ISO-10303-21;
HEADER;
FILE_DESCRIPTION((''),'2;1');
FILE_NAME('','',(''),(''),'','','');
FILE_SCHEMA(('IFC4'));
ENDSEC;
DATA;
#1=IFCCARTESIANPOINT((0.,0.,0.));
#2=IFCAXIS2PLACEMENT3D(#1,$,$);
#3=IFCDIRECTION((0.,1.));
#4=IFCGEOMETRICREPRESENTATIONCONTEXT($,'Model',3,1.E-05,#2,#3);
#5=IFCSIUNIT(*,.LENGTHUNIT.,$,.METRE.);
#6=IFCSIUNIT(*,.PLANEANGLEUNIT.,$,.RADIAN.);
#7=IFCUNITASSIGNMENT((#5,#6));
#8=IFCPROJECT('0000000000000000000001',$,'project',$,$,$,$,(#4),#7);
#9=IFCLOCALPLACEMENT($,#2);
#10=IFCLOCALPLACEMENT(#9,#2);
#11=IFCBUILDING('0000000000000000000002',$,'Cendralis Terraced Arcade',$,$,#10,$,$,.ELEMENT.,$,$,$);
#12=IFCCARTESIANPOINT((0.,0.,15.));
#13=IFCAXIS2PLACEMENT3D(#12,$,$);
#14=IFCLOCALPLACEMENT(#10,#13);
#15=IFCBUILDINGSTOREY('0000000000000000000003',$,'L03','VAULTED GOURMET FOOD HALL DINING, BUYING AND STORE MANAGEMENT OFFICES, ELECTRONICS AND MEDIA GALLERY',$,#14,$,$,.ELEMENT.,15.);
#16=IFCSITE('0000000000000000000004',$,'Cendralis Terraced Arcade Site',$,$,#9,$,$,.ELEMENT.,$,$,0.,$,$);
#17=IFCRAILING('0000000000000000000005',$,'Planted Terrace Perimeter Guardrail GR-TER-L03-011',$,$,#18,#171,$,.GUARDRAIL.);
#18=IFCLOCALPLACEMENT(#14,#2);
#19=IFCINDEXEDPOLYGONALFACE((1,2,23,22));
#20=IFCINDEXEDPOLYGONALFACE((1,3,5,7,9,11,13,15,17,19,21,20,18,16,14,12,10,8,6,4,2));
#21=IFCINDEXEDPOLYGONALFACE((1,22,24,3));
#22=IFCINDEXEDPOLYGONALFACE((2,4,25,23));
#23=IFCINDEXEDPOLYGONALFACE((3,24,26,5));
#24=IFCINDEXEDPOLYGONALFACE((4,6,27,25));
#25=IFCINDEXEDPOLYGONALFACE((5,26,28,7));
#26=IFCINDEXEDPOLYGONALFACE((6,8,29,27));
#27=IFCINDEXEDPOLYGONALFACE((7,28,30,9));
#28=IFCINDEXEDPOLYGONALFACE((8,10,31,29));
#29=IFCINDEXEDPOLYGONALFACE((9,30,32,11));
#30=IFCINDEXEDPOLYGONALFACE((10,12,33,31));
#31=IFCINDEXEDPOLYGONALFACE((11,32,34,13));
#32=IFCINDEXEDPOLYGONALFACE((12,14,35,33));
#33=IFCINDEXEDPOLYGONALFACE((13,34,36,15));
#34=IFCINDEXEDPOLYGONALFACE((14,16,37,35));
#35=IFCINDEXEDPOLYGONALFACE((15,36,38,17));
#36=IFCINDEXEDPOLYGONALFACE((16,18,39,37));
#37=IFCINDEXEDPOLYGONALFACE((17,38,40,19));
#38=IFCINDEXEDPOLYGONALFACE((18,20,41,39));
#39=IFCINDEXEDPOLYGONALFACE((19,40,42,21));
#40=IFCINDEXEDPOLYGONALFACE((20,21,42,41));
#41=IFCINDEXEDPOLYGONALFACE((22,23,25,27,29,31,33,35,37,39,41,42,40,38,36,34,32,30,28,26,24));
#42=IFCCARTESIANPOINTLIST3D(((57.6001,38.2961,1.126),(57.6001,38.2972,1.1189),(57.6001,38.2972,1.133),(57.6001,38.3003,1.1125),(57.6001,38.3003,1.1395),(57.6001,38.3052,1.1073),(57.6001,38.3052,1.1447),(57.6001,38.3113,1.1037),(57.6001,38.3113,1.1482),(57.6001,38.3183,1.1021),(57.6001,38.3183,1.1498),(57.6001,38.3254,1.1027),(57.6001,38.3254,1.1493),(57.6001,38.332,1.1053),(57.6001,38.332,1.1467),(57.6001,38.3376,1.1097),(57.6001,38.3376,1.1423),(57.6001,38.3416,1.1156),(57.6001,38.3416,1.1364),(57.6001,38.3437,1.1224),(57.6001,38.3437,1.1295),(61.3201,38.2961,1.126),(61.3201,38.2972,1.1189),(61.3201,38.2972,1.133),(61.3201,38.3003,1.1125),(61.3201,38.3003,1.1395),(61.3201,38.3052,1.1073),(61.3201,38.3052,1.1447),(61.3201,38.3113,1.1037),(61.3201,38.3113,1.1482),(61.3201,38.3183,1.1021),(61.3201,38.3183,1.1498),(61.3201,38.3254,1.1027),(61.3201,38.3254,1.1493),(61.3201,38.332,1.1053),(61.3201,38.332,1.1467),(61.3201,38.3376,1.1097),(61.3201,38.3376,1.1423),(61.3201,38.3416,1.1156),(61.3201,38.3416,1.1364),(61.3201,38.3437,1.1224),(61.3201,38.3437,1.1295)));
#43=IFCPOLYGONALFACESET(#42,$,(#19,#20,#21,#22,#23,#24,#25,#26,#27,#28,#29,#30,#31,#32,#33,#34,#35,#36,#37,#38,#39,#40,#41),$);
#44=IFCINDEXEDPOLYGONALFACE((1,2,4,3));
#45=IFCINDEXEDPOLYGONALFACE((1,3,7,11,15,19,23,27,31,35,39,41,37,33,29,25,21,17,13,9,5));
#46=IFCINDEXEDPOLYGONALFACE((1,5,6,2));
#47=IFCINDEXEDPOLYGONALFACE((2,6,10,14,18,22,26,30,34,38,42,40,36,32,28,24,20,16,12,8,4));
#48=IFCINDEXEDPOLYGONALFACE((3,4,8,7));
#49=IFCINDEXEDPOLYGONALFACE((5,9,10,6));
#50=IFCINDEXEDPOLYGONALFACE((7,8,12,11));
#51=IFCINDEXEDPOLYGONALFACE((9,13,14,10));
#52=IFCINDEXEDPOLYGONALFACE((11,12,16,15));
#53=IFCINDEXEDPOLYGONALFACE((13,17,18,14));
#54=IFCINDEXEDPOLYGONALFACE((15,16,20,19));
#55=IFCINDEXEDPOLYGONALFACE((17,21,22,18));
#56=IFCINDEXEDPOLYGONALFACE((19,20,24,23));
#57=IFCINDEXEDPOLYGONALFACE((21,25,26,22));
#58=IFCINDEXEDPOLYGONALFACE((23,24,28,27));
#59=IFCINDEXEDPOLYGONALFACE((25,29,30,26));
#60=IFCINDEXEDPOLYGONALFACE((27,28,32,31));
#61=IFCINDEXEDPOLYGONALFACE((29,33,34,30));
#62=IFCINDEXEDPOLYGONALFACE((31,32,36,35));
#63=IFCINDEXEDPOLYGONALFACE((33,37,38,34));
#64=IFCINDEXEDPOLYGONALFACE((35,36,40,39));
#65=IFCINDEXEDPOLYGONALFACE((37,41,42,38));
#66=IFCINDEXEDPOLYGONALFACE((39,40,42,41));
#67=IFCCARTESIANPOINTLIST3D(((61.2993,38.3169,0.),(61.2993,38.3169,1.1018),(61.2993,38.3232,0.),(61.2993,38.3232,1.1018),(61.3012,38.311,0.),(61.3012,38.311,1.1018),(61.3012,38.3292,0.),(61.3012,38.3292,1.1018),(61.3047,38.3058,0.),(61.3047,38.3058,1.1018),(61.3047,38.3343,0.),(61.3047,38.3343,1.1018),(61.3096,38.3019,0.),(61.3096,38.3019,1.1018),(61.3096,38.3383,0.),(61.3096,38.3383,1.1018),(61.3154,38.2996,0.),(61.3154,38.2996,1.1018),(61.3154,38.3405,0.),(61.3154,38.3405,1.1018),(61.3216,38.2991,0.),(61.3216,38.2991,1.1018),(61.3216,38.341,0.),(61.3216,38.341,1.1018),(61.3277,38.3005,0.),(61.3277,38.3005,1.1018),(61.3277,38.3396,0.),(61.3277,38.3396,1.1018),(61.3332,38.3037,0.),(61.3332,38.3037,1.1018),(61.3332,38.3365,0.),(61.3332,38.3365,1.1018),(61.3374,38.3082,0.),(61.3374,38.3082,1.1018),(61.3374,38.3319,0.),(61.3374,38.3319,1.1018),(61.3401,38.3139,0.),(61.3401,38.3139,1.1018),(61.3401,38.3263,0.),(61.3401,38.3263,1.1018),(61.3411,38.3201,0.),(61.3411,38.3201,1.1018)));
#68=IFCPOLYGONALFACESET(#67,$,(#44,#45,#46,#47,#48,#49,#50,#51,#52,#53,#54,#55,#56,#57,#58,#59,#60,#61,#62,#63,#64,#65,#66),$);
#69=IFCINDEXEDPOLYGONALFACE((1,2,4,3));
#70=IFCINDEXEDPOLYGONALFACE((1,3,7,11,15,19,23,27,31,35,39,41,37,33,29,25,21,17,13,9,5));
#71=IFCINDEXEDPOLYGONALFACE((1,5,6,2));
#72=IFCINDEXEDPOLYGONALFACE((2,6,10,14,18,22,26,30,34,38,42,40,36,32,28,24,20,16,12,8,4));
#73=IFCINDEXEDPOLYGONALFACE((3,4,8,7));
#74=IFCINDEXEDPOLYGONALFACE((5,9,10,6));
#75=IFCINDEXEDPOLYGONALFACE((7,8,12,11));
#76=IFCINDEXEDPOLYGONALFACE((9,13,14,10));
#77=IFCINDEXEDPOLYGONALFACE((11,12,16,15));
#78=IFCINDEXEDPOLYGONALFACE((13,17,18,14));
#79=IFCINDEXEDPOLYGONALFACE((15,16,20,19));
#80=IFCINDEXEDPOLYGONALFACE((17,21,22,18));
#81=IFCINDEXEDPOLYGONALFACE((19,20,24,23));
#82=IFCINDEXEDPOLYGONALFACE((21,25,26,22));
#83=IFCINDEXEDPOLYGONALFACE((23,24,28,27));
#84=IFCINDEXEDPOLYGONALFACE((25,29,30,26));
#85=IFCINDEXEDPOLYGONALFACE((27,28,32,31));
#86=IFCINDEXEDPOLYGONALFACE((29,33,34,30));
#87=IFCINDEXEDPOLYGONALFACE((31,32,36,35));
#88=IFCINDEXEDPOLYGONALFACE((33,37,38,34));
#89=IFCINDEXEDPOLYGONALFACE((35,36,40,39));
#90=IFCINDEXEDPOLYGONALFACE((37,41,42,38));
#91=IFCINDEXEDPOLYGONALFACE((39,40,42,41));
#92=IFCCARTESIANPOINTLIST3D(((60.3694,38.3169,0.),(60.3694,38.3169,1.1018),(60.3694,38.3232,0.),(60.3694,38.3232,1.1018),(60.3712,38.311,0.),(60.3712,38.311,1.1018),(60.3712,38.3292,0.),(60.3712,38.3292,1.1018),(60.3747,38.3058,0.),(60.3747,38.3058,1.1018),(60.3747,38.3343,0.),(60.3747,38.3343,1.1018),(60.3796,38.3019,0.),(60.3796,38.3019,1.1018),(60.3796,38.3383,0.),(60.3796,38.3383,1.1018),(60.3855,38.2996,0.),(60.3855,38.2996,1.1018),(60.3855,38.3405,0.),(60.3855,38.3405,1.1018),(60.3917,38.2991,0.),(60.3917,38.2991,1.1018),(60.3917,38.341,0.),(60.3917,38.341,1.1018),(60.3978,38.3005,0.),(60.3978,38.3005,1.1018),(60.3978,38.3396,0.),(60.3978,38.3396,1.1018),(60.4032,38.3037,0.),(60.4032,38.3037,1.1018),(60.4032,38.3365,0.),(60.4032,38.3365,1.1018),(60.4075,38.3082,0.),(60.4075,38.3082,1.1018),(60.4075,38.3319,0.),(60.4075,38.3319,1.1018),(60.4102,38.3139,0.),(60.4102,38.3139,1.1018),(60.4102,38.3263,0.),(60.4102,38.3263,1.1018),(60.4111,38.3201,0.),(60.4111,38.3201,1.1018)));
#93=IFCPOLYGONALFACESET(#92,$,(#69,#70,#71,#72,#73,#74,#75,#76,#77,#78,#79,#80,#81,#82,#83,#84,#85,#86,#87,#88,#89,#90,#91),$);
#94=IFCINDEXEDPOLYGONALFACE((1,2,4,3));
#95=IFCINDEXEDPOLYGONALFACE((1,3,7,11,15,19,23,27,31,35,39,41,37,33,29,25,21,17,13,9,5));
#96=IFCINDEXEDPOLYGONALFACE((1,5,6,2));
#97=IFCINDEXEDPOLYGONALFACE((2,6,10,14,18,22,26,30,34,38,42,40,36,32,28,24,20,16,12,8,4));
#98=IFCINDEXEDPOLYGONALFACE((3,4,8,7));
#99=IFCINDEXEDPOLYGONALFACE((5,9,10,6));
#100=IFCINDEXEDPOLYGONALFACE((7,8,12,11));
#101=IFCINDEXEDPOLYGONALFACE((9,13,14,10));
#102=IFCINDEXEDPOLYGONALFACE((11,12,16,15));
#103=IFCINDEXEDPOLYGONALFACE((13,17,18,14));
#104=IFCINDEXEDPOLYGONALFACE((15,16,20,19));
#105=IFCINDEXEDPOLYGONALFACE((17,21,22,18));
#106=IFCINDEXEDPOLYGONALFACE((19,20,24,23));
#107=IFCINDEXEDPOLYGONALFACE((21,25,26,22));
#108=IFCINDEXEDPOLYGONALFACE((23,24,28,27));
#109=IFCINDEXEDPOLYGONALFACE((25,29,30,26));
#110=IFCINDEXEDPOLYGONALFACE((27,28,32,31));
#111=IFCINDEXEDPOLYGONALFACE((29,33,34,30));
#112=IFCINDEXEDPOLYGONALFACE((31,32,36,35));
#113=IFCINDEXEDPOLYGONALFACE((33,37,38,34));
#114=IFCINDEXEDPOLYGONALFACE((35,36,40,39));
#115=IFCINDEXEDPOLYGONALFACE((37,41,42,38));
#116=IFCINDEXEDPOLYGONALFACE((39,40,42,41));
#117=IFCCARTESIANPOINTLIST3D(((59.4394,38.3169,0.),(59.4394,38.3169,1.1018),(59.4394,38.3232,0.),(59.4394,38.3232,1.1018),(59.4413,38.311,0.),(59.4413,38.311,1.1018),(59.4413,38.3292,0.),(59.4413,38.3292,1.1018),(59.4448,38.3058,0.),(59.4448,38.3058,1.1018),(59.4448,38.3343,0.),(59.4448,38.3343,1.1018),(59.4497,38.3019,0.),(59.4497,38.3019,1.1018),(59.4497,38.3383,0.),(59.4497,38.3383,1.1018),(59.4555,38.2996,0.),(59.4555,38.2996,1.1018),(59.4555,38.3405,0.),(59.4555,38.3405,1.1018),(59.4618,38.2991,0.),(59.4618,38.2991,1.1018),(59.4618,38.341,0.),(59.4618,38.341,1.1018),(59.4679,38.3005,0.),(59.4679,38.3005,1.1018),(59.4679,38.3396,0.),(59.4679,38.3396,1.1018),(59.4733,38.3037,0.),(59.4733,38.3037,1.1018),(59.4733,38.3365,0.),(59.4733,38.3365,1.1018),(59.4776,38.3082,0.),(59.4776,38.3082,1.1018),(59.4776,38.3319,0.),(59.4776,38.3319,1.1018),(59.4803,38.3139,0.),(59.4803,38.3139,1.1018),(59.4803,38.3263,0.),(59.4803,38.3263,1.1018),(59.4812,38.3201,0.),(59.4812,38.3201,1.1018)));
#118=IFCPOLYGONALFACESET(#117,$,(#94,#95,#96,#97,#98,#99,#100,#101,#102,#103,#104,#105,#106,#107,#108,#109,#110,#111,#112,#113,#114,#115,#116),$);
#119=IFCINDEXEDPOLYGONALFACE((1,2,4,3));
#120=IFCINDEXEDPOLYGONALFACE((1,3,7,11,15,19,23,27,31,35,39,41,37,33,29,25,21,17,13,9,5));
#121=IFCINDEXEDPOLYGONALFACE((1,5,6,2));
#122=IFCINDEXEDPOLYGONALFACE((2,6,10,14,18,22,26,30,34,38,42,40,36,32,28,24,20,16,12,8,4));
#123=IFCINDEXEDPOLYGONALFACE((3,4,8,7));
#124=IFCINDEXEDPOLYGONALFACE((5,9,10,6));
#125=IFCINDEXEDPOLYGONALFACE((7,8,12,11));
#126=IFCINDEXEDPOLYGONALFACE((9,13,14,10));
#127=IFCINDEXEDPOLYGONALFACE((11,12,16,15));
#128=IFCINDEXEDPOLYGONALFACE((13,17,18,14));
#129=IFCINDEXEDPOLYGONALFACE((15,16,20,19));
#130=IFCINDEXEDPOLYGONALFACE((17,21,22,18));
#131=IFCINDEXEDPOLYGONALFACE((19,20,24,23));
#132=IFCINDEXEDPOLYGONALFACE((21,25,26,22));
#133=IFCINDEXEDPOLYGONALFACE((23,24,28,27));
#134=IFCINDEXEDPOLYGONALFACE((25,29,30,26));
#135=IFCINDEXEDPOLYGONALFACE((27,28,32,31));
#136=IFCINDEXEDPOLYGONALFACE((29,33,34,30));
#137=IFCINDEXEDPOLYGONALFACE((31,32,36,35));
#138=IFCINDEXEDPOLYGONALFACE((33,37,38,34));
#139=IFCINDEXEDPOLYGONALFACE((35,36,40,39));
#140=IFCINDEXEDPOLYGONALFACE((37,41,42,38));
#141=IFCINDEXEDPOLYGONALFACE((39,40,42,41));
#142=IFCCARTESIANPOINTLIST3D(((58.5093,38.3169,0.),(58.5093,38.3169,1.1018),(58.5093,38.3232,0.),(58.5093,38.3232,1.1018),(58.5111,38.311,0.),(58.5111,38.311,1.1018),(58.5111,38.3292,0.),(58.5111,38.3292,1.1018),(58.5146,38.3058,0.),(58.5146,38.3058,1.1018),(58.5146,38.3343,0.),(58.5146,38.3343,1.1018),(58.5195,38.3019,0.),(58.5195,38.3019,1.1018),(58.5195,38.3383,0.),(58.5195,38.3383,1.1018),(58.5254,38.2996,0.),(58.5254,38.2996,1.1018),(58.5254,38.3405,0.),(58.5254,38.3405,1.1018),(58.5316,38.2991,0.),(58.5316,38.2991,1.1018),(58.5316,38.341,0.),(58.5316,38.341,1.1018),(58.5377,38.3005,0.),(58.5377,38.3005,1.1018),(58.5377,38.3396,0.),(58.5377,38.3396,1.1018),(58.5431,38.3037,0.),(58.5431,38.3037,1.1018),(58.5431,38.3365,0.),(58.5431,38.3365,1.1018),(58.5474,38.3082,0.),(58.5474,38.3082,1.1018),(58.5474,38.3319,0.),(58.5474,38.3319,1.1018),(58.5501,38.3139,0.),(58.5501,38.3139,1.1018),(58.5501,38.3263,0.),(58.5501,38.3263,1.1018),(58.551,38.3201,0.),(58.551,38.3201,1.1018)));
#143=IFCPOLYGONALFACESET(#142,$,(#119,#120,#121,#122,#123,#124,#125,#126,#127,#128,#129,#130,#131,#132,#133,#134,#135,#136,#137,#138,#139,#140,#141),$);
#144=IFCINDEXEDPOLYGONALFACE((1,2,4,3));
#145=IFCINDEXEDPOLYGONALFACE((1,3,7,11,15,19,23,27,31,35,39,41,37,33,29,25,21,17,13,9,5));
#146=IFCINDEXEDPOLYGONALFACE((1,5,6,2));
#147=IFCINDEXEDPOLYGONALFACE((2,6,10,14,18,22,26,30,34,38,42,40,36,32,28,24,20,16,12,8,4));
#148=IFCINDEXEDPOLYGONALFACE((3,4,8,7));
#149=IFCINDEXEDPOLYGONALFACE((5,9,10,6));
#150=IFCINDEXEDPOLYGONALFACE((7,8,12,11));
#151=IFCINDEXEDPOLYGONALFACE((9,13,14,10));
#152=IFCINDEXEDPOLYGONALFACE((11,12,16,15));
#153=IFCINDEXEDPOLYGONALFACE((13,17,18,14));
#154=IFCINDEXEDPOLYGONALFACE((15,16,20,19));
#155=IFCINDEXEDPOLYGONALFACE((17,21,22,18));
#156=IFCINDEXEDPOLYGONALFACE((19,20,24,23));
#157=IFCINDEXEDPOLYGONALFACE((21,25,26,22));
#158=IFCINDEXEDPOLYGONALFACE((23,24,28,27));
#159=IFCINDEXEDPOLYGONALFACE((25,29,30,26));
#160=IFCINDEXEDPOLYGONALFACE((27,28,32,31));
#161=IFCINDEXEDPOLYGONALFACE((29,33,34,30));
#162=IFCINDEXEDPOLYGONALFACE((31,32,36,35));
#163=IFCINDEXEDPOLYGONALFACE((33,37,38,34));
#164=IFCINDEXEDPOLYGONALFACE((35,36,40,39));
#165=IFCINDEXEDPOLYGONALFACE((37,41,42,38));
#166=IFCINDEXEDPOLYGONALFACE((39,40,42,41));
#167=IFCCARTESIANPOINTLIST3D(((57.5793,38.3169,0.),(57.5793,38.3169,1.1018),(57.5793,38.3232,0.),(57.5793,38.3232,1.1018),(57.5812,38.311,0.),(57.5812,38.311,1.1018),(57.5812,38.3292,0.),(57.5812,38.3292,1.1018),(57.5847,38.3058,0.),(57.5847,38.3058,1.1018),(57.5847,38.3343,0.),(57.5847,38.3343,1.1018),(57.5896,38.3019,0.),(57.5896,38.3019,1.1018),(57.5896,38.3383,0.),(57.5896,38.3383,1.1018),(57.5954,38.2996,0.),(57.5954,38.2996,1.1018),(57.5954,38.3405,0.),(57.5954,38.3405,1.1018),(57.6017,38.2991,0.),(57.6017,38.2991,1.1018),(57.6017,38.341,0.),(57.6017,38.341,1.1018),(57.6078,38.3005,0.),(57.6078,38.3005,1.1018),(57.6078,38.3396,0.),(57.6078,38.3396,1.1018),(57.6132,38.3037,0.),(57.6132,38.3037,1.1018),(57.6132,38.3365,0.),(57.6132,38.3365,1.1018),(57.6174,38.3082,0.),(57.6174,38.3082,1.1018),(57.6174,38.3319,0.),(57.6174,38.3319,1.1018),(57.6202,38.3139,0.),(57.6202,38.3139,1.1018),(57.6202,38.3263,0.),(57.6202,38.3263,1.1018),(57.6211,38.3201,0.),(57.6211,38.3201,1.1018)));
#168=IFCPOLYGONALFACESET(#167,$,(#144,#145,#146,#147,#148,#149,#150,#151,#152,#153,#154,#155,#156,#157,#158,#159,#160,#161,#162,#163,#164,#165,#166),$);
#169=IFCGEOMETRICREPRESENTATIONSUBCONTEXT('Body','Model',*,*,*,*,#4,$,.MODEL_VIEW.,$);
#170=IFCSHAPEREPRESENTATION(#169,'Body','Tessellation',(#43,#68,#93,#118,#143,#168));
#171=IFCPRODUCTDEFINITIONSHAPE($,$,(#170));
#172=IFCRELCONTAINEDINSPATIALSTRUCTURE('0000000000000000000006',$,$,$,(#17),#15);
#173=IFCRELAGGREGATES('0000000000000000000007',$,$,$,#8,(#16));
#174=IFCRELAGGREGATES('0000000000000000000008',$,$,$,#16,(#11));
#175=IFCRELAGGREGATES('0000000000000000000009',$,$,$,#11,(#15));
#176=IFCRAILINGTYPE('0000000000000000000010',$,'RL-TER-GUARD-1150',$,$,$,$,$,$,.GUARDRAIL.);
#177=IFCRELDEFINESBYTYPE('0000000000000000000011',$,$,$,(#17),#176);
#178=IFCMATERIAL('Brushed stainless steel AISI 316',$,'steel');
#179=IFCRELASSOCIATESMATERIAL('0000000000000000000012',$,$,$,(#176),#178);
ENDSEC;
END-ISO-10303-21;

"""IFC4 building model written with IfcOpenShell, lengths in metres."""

from ifc_helpers import new_model, si_unit, direction, frame, origin, origin_2d, place, context, subcontext, project, spatial, circle, extrude, material, type_object, element, save


model = new_model("IFC4")

# Units and contexts
model_context = context("Model", 3, precision=1e-05, world=origin(), true_north=direction((0.0, 1.0)))
body_context = subcontext(model_context, "Body", "Model", "MODEL_VIEW")
ifc_project = project(units=[si_unit("LENGTHUNIT", "METRE"), si_unit("PLANEANGLEUNIT", "RADIAN")], contexts=[model_context])

# Site, building, storey
site_placement = place(None, origin())
site = spatial("IfcSite", under=ifc_project, at=site_placement, Name="Cendralis Terraced Arcade Site", CompositionType="ELEMENT", RefElevation=0.0)
building_placement = place(site_placement, origin())
building = spatial("IfcBuilding", under=site, at=building_placement, Name="Cendralis Terraced Arcade", CompositionType="ELEMENT")
storey_placement = place(building_placement, frame((0.0, 0.0, 15.0)))
storey = spatial("IfcBuildingStorey", under=building, at=storey_placement, Name="L03", Description="VAULTED GOURMET FOOD HALL DINING, BUYING AND STORE MANAGEMENT OFFICES, ELECTRONICS AND MEDIA GALLERY", CompositionType="ELEMENT", Elevation=15.0)

# Railing
ifc_material_1 = material(Name="Brushed stainless steel AISI 316", Category="steel")
railing_type = type_object("IfcRailingType", Name="RL-TER-GUARD-1150", PredefinedType="GUARDRAIL", material=ifc_material_1)
railing_placement = place(storey_placement, frame((61.3201, 38.3201, 0.0)))
element("IfcRailing", 1, at=railing_placement, inside=storey, type_object=railing_type, Name="Planted Terrace Perimeter Guardrail GR-TER-L03-011", PredefinedType="GUARDRAIL", context=body_context, shape_type="SweptSolid", body=[
    extrude(circle(Radius=0.0239, at=origin_2d()), frame((0.0, 0.0, 1.126), z_axis=(-1.0, 0.0, 0.0), x_axis=(0.0, -1.0, 0.0)), (0.0, 0.0, 1.0), 3.72),
    extrude(circle(Radius=0.021, at=origin_2d()), origin(), (0.0, 0.0, 1.0), 1.1018),
    extrude(circle(Radius=0.021, at=origin_2d()), frame((-0.9299, 0.0, 0.0)), (0.0, 0.0, 1.0), 1.1018),
    extrude(circle(Radius=0.021, at=origin_2d()), frame((-1.8599, 0.0, 0.0)), (0.0, 0.0, 1.0), 1.1018),
    extrude(circle(Radius=0.021, at=origin_2d()), frame((-2.79, 0.0, 0.0)), (0.0, 0.0, 1.0), 1.1018),
    extrude(circle(Radius=0.021, at=origin_2d()), frame((-3.72, 0.0, 0.0)), (0.0, 0.0, 1.0), 1.1018),
])

save(model, "model.ifc")
